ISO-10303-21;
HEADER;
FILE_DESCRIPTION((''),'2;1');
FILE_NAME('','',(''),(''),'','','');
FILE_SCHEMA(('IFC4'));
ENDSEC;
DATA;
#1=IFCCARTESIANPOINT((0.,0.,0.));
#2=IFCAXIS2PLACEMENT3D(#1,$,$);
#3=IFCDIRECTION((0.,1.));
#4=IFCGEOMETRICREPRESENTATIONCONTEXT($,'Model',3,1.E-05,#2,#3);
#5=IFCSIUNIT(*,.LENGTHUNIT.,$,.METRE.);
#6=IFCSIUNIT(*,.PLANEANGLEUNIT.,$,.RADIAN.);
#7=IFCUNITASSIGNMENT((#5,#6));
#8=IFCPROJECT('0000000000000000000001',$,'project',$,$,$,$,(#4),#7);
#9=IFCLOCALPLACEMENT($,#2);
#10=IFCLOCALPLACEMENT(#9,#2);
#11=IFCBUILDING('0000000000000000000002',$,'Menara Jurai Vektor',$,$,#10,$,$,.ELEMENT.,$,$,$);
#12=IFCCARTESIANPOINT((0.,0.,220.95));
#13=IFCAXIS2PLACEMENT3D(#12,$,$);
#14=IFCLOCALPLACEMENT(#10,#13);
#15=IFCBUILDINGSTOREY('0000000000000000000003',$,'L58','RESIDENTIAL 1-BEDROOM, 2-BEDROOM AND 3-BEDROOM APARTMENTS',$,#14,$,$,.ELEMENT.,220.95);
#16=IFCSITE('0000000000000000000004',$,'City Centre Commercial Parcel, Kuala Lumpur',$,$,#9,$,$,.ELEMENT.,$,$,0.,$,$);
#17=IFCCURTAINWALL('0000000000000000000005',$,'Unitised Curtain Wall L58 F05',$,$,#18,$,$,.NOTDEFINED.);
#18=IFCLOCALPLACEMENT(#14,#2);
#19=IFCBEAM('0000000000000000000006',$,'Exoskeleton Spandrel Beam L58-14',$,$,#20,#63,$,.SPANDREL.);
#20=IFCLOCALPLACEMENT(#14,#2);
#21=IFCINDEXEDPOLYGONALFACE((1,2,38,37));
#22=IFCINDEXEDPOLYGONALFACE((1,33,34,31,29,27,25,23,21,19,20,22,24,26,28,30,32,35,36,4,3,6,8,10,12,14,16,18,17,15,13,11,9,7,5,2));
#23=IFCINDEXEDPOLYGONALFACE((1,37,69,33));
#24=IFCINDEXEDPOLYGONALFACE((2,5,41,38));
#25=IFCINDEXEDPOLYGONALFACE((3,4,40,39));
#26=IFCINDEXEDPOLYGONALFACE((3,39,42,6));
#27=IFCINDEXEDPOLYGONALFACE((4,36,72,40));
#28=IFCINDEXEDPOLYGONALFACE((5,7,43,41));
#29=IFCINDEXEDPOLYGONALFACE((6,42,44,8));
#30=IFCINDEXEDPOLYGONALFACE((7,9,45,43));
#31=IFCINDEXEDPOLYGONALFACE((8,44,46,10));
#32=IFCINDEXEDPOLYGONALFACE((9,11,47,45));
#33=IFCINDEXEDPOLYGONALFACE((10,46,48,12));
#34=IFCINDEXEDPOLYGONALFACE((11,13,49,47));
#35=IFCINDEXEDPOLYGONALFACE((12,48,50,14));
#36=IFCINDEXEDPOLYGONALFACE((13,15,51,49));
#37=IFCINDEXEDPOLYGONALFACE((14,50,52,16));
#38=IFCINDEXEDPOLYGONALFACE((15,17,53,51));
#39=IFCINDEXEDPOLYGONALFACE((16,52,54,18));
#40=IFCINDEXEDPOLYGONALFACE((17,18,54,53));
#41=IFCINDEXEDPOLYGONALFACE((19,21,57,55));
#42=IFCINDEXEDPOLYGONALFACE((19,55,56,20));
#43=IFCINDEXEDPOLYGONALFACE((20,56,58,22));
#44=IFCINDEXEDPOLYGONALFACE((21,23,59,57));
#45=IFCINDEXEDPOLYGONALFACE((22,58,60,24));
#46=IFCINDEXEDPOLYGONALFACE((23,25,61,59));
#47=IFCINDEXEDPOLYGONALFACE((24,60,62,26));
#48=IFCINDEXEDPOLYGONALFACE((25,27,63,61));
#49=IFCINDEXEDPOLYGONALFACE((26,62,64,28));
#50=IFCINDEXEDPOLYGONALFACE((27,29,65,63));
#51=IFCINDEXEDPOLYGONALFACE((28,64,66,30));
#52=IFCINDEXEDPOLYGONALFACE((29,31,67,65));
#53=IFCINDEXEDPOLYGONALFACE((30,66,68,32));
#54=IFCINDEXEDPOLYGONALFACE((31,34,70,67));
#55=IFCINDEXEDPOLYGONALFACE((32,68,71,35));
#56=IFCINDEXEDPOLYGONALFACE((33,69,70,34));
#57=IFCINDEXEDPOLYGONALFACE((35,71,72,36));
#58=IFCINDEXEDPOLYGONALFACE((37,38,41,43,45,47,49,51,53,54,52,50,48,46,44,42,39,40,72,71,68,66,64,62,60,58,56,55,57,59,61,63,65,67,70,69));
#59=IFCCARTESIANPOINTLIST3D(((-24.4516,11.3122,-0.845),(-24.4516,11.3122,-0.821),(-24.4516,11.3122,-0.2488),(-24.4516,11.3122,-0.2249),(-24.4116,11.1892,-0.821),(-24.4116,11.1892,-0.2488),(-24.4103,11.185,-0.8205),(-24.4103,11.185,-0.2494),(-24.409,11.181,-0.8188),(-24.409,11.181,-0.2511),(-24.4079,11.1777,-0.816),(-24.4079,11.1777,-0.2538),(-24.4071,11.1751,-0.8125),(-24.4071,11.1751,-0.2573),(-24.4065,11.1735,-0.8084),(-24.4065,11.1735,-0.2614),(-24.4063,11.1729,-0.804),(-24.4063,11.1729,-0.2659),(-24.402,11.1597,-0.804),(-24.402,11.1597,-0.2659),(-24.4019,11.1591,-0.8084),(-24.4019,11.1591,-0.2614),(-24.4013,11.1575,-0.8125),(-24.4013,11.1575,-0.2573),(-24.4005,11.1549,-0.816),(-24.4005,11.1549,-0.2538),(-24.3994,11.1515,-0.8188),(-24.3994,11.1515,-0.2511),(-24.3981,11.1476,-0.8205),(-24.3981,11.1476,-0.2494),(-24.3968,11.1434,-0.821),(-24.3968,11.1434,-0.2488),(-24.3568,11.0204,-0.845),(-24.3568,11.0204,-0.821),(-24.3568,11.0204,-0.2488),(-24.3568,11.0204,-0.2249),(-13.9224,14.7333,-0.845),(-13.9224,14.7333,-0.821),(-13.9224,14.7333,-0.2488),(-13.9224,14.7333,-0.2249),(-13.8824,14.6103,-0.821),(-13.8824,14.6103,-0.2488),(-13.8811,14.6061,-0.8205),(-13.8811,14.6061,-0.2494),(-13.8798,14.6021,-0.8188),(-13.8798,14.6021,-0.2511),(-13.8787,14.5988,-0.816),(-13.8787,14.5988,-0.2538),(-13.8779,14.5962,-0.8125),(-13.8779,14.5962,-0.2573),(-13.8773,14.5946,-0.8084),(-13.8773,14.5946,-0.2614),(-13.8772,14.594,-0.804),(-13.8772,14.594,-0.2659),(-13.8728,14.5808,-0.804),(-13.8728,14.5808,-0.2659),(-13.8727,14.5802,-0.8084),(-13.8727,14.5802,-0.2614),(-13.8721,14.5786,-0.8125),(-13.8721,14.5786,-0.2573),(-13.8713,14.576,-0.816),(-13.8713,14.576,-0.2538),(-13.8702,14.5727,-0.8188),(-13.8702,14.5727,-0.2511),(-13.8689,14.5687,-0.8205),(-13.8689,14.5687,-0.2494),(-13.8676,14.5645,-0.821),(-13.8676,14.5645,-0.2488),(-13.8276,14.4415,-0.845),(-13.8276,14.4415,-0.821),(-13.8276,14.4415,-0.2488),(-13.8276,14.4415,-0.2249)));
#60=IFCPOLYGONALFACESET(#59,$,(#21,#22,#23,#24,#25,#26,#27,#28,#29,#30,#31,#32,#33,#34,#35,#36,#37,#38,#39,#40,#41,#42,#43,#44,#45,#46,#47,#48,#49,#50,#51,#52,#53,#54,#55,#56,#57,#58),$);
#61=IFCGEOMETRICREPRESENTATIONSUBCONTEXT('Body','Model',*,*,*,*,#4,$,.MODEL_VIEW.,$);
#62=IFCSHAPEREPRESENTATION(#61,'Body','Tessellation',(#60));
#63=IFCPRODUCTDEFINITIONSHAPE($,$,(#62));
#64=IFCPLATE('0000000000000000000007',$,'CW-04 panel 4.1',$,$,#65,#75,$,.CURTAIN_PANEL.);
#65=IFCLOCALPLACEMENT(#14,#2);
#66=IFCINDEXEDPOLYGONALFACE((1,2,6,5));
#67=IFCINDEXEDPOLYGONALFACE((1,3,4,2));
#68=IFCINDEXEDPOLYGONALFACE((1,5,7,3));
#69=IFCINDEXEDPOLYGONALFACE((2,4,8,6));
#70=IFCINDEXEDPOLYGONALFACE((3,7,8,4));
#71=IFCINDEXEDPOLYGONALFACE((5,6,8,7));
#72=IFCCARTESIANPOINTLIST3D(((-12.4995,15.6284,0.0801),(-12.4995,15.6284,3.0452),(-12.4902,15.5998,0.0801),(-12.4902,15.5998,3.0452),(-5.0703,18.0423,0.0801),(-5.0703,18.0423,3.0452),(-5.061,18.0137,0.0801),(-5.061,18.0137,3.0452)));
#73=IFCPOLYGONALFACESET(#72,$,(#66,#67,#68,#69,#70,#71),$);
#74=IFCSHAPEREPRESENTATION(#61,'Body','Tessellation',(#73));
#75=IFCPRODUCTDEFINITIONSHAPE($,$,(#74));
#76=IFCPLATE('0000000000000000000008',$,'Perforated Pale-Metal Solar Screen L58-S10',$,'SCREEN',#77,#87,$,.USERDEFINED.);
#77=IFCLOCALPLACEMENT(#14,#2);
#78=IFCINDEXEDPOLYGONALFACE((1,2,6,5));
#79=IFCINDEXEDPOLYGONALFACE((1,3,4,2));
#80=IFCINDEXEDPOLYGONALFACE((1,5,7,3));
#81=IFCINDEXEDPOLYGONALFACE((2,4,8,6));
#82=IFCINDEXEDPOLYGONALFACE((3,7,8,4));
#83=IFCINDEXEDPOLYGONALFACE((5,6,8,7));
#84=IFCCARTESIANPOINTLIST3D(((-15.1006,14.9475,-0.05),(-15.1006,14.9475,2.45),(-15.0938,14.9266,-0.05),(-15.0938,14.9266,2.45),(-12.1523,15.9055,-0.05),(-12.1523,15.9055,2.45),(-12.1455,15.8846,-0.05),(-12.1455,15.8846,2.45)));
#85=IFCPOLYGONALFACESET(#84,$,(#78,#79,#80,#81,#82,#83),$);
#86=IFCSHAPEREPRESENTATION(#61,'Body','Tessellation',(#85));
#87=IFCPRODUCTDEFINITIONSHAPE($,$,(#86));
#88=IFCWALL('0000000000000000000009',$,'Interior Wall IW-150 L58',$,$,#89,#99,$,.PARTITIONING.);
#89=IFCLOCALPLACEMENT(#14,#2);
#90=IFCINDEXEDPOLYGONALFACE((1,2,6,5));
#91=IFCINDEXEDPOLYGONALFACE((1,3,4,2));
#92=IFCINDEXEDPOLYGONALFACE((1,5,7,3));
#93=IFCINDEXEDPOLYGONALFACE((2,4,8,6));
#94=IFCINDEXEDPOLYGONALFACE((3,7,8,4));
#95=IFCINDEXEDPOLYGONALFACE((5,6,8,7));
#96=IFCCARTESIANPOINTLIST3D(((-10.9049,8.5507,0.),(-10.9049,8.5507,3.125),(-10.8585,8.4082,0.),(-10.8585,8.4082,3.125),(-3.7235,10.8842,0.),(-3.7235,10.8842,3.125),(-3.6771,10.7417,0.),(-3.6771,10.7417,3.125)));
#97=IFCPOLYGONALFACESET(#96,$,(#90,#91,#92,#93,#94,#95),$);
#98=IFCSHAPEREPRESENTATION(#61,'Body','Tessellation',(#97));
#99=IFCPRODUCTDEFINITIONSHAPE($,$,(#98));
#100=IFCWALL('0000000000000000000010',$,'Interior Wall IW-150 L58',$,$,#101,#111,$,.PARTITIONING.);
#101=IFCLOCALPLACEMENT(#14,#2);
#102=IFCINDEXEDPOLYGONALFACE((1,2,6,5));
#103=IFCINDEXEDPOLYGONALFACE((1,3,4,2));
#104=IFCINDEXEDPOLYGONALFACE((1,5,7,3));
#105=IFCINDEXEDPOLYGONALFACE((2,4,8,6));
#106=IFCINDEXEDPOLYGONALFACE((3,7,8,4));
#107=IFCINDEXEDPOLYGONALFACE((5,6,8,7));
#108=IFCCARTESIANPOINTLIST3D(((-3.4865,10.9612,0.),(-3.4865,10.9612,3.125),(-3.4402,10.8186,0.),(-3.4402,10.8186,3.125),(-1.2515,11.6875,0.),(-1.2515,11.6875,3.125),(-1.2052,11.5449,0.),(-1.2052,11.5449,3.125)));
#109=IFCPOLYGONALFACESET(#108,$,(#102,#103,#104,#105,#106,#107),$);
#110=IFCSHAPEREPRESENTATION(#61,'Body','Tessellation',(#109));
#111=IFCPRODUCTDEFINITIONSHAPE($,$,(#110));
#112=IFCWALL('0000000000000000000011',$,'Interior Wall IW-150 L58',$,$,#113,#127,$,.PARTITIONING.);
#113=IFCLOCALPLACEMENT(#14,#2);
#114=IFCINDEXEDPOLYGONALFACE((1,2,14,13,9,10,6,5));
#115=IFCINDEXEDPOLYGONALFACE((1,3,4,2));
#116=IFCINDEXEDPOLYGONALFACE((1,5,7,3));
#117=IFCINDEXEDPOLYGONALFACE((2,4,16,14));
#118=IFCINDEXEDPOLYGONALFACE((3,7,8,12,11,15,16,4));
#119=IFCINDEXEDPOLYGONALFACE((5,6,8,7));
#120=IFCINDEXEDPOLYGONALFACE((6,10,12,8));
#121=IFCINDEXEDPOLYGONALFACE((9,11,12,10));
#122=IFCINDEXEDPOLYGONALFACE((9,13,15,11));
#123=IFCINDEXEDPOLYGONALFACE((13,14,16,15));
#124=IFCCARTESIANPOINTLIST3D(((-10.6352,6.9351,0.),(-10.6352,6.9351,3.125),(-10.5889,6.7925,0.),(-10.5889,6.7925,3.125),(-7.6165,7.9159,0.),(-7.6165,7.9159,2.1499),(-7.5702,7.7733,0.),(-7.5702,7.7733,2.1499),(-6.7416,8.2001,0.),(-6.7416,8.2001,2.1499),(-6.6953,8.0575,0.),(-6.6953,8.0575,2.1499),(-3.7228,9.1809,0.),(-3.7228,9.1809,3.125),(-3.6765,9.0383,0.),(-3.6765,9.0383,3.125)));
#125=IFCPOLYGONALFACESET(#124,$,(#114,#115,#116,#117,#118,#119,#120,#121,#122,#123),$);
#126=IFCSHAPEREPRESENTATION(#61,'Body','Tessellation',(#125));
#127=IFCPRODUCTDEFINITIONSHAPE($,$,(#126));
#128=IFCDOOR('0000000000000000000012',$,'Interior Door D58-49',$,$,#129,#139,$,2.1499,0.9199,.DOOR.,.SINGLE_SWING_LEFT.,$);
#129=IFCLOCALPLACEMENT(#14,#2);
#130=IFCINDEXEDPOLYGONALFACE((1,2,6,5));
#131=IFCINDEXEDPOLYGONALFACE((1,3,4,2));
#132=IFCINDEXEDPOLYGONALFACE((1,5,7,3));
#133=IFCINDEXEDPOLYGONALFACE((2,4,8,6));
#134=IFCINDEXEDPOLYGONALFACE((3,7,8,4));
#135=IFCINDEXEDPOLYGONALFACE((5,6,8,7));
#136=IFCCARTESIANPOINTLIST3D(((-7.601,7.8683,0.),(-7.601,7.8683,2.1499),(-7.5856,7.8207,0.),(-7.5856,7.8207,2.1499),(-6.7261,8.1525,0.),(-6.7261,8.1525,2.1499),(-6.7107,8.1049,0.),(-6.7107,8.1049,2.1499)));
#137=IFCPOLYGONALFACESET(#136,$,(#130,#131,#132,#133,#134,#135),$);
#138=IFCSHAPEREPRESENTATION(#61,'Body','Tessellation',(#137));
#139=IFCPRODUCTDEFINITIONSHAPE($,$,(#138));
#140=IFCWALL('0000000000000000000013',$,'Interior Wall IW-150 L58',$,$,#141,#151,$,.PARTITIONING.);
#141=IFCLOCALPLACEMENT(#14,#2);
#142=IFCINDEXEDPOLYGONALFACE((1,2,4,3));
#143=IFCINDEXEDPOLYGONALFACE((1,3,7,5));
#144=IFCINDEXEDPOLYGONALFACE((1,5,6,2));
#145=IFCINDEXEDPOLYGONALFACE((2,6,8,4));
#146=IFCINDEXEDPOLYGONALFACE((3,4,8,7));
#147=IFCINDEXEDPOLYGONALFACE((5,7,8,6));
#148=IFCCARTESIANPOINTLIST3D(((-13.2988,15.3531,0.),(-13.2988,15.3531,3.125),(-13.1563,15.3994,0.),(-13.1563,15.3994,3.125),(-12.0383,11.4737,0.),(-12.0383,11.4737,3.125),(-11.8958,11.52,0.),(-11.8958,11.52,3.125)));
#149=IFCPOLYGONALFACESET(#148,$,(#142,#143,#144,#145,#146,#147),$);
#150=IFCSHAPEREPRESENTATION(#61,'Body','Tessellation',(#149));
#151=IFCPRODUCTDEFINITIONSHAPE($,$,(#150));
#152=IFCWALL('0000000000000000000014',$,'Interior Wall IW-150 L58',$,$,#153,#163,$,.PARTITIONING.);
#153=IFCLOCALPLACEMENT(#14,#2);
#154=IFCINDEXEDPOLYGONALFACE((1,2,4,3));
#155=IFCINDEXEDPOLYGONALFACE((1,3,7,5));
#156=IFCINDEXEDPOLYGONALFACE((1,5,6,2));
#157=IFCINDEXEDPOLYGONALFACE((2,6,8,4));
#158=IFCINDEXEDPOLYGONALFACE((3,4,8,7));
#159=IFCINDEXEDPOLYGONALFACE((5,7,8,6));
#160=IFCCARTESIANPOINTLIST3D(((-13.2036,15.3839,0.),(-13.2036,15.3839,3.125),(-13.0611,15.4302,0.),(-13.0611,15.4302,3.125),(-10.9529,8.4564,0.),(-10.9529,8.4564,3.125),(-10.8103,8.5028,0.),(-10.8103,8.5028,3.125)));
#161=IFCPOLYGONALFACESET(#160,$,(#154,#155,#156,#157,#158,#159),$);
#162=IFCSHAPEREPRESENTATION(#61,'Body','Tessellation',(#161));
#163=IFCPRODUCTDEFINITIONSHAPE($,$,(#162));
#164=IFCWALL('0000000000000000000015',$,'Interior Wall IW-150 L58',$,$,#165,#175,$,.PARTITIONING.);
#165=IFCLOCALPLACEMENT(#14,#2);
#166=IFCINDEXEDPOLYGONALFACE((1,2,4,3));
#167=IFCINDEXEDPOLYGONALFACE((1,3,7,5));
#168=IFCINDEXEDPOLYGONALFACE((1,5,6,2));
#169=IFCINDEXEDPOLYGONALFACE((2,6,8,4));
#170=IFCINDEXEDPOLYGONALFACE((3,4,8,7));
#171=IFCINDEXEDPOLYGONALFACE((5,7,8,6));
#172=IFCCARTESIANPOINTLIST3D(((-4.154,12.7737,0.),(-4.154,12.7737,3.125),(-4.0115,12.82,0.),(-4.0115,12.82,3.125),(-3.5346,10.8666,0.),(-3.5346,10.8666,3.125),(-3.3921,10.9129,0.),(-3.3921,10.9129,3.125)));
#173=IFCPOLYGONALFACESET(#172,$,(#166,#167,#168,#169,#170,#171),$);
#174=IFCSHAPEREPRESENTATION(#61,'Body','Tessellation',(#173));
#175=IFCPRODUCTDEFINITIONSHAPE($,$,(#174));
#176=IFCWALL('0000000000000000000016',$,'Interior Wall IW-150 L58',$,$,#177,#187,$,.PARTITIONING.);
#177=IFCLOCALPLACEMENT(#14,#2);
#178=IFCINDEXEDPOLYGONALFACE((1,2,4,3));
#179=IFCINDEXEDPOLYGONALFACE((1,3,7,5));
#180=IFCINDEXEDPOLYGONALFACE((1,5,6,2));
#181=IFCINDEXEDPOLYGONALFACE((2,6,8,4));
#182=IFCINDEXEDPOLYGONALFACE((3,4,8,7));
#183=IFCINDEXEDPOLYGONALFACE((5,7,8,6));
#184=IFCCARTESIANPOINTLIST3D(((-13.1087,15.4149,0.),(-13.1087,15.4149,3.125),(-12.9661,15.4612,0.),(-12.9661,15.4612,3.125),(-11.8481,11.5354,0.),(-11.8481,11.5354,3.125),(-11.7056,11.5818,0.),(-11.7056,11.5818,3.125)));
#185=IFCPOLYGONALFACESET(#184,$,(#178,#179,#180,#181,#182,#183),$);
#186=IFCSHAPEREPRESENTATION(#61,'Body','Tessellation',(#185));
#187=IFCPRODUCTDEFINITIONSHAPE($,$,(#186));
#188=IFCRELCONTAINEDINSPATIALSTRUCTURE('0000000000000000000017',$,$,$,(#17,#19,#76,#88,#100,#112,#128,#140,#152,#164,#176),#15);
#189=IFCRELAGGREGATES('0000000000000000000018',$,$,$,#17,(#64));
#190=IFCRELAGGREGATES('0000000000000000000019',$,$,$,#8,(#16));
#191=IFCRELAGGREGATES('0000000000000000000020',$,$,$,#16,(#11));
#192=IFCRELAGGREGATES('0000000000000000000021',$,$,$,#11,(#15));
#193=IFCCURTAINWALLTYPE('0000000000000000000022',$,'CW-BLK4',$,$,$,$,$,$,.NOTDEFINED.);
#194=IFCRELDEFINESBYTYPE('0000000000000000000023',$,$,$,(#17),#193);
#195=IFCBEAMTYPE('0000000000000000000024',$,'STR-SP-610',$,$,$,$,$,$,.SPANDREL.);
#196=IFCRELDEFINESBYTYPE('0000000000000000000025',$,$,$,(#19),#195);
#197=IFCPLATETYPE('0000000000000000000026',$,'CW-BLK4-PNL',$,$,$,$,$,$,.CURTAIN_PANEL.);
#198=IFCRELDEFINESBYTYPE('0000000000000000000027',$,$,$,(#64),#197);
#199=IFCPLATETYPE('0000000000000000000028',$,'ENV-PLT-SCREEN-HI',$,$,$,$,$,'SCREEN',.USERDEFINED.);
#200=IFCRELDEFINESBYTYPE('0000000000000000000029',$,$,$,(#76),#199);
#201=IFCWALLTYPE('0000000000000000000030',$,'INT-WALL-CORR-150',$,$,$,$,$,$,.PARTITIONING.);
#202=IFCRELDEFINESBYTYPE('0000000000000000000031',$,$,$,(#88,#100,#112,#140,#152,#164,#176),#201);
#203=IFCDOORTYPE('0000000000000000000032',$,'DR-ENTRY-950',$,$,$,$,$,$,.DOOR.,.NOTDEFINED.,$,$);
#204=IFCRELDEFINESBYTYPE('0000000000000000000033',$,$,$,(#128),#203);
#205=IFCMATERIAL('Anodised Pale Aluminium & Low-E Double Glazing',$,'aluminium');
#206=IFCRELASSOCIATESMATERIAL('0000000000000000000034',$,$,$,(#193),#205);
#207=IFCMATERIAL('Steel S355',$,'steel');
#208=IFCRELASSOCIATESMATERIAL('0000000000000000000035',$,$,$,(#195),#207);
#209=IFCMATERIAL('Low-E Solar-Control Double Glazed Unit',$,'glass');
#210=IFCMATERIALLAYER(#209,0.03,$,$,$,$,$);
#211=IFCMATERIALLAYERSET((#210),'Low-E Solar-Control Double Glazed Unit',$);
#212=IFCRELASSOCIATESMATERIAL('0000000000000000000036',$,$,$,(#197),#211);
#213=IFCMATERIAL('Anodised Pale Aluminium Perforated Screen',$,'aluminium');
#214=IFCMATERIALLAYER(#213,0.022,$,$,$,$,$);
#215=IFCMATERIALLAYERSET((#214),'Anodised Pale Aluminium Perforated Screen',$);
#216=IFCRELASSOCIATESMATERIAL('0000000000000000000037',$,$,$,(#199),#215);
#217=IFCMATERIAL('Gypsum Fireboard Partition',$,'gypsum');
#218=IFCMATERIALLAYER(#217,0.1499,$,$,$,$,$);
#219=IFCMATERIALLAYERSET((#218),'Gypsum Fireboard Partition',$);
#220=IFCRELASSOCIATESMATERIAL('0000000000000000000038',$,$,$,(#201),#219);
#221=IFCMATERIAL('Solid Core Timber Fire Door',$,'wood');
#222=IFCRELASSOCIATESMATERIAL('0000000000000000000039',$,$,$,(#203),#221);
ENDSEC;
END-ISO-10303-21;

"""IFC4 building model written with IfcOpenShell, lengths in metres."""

from ifc_helpers import new_model, si_unit, direction, frame, frame_2d, origin, origin_2d, place, context, subcontext, project, spatial, rectangle, i_section, extrude, material, layer, layer_set, material_profile, profile_set, type_object, element, fill, aggregate, save


model = new_model("IFC4")

# Units and contexts
model_context = context("Model", 3, precision=1e-05, world=origin(), true_north=direction((0.0, 1.0)))
body_context = subcontext(model_context, "Body", "Model", "MODEL_VIEW")
ifc_project = project(units=[si_unit("LENGTHUNIT", "METRE"), si_unit("PLANEANGLEUNIT", "RADIAN")], contexts=[model_context])

# Site, building, storey
site_placement = place(None, origin())
site = spatial("IfcSite", under=ifc_project, at=site_placement, Name="City Centre Commercial Parcel, Kuala Lumpur", CompositionType="ELEMENT", RefElevation=0.0)
building_placement = place(site_placement, origin())
building = spatial("IfcBuilding", under=site, at=building_placement, Name="Menara Jurai Vektor", CompositionType="ELEMENT")
storey_placement = place(building_placement, frame((0.0, 0.0, 220.95)))
storey = spatial("IfcBuildingStorey", under=building, at=storey_placement, Name="L58", Description="RESIDENTIAL 1-BEDROOM, 2-BEDROOM AND 3-BEDROOM APARTMENTS", CompositionType="ELEMENT", Elevation=220.95)

# Curtain wall
ifc_material_1 = material(Name="Anodised Pale Aluminium & Low-E Double Glazing", Category="aluminium")
curtain_wall_type = type_object("IfcCurtainWallType", Name="CW-BLK4", PredefinedType="NOTDEFINED", material=ifc_material_1)
curtain_wall_placement = place(storey_placement, origin())
curtain_wall = element("IfcCurtainWall", 1, at=curtain_wall_placement, inside=storey, type_object=curtain_wall_type, Name="Unitised Curtain Wall L58 F05", PredefinedType="NOTDEFINED")

# Beam
ifc_material_2 = material(Name="Steel S355", Category="steel")
ifc_material_profile_1 = material_profile(ifc_material_2, i_section(OverallWidth=0.3069, OverallDepth=0.6201, WebThickness=0.0139, FlangeThickness=0.0239, FilletRadius=0.0171, at=origin_2d()), Name="UKB 610x305x179")
ifc_profile_set_1 = profile_set([ifc_material_profile_1], Name="Steel S355")
beam_type_1 = type_object("IfcBeamType", Name="STR-SP-610", PredefinedType="SPANDREL", material=ifc_profile_set_1)
for number, where, z_axis, x_axis, name in (
    (2, (-13.875, 14.5874, -0.5349), (-0.951057, -0.309014, 0.0), (0.309014, -0.951057, 0.0), "Exoskeleton Spandrel Beam L58-14"),
):
    element("IfcBeam", number, at=place(storey_placement, frame(where, z_axis=z_axis, x_axis=x_axis)), inside=storey, type_object=beam_type_1, Name=name, PredefinedType="SPANDREL", context=body_context, shape_type="SweptSolid", body=[
        extrude(i_section(OverallWidth=0.3069, OverallDepth=0.6201, WebThickness=0.0139, FlangeThickness=0.0239, FilletRadius=0.0171, at=origin_2d()), origin(), (0.0, 0.0, 1.0), 11.071),
    ])

# Plates
ifc_material_3 = material(Name="Low-E Solar-Control Double Glazed Unit", Category="glass")
ifc_layer_1 = layer(ifc_material_3, 0.03)
ifc_layer_set_1 = layer_set([ifc_layer_1], Name="Low-E Solar-Control Double Glazed Unit")
plate_type_1 = type_object("IfcPlateType", Name="CW-BLK4-PNL", PredefinedType="CURTAIN_PANEL", material=ifc_layer_set_1)
plate_1_placement = place(storey_placement, frame((-8.7803, 16.821, 0.0801), z_axis=(0.0, 0.0, 1.0), x_axis=(-0.951056, -0.309017, 0.0)))
plate_1 = element("IfcPlate", 3, at=plate_1_placement, type_object=plate_type_1, Name="CW-04 panel 4.1", PredefinedType="CURTAIN_PANEL", context=body_context, shape_type="SweptSolid", body=[
    extrude(rectangle(XDim=7.8115, YDim=0.03, at=origin_2d()), origin(), (0.0, 0.0, 1.0), 2.9651),
])
aggregate(curtain_wall, [plate_1])
ifc_material_4 = material(Name="Anodised Pale Aluminium Perforated Screen", Category="aluminium")
ifc_layer_2 = layer(ifc_material_4, 0.022)
ifc_layer_set_2 = layer_set([ifc_layer_2], Name="Anodised Pale Aluminium Perforated Screen")
plate_type_2 = type_object("IfcPlateType", Name="ENV-PLT-SCREEN-HI", ElementType="SCREEN", PredefinedType="USERDEFINED", material=ifc_layer_set_2)
plate_2_placement = place(storey_placement, frame((-13.623, 15.416, -0.05), z_axis=(0.0, 0.0, 1.0), x_axis=(-0.951057, -0.309017, 0.0)))
element("IfcPlate", 4, at=plate_2_placement, inside=storey, type_object=plate_type_2, Name="Perforated Pale-Metal Solar Screen L58-S10", ObjectType="SCREEN", PredefinedType="USERDEFINED", context=body_context, shape_type="SweptSolid", body=[
    extrude(rectangle(XDim=3.1001, YDim=0.022, at=origin_2d()), origin(), (0.0, 0.0, 1.0), 2.5),
])

# Walls
ifc_material_5 = material(Name="Gypsum Fireboard Partition", Category="gypsum")
ifc_layer_3 = layer(ifc_material_5, 0.1499)
ifc_layer_set_3 = layer_set([ifc_layer_3], Name="Gypsum Fireboard Partition")
wall_type_1 = type_object("IfcWallType", Name="INT-WALL-CORR-150", PredefinedType="PARTITIONING", material=ifc_layer_set_3)
wall_1_placement = place(storey_placement, frame((-10.8816, 8.4795, 0.0), z_axis=(0.0, 0.0, 1.0), x_axis=(0.951052, 0.309031, 0.0)))
element("IfcWall", 5, at=wall_1_placement, inside=storey, type_object=wall_type_1, Name="Interior Wall IW-150 L58", PredefinedType="PARTITIONING", context=body_context, shape_type="SweptSolid", body=[
    extrude(rectangle(XDim=7.551, YDim=0.1499, at=frame_2d((3.7754, 0.0))), origin(), (0.0, 0.0, 1.0), 3.125),
])
wall_2_placement = place(storey_placement, frame((-3.4634, 10.8899, 0.0), z_axis=(0.0, 0.0, 1.0), x_axis=(0.951046, 0.309051, 0.0)))
element("IfcWall", 6, at=wall_2_placement, inside=storey, type_object=wall_type_1, Name="Interior Wall IW-150 L58", PredefinedType="PARTITIONING", context=body_context, shape_type="SweptSolid", body=[
    extrude(rectangle(XDim=2.3501, YDim=0.1499, at=frame_2d((1.175, 0.0))), origin(), (0.0, 0.0, 1.0), 3.125),
])

# Wall, opening, door
wall_3_placement = place(storey_placement, frame((-10.6121, 6.8638, 0.0), z_axis=(0.0, 0.0, 1.0), x_axis=(0.951061, 0.309003, 0.0)))
wall_3 = element("IfcWall", 7, at=wall_3_placement, inside=storey, type_object=wall_type_1, Name="Interior Wall IW-150 L58", PredefinedType="PARTITIONING", context=body_context, shape_type="SweptSolid", body=[
    extrude(rectangle(XDim=7.2681, YDim=0.1499, at=frame_2d((3.634, 0.0))), origin(), (0.0, 0.0, 1.0), 3.125),
])
opening_1_placement = place(wall_3_placement, frame((3.1741, 0.0, 0.0)))
opening_1 = element("IfcOpeningElement", 8, at=opening_1_placement, cuts=wall_3, PredefinedType="OPENING", context=body_context, shape_type="SweptSolid", body=[
    extrude(rectangle(XDim=0.9199, YDim=2.1499, at=frame_2d((0.46, 1.075))), frame((0.0, 0.085, 0.0), z_axis=(0.0, -1.0, 0.0), x_axis=(1.0, 0.0, 0.0)), (0.0, 0.0, 1.0), 0.1699),
])
ifc_material_6 = material(Name="Solid Core Timber Fire Door", Category="wood")
door_type_1 = type_object("IfcDoorType", Name="DR-ENTRY-950", OperationType="NOTDEFINED", PredefinedType="DOOR", material=ifc_material_6)
door_1_placement = place(opening_1_placement, origin())
door_1 = element("IfcDoor", 9, at=door_1_placement, inside=storey, type_object=door_type_1, Name="Interior Door D58-49", OperationType="SINGLE_SWING_LEFT", OverallHeight=2.1499, OverallWidth=0.9199, PredefinedType="DOOR", context=body_context, shape_type="SweptSolid", body=[
    extrude(rectangle(XDim=0.9199, YDim=2.1499, at=frame_2d((0.46, 1.075))), frame((0.0, 0.0249, 0.0), z_axis=(0.0, -1.0, 0.0), x_axis=(1.0, 0.0, 0.0)), (0.0, 0.0, 1.0), 0.05),
])
fill(opening_1, door_1)

# Walls
wall_4_placement = place(storey_placement, frame((-11.967, 11.4968, 0.0), z_axis=(0.0, 0.0, 1.0), x_axis=(-0.309018, 0.951056, 0.0)))
element("IfcWall", 10, at=wall_4_placement, inside=storey, type_object=wall_type_1, Name="Interior Wall IW-150 L58", PredefinedType="PARTITIONING", context=body_context, shape_type="SweptSolid", body=[
    extrude(rectangle(XDim=4.0791, YDim=0.1499, at=frame_2d((2.0396, 0.0))), origin(), (0.0, 0.0, 1.0), 3.125),
])
wall_5_placement = place(storey_placement, frame((-10.8816, 8.4795, 0.0), z_axis=(0.0, 0.0, 1.0), x_axis=(-0.308999, 0.951062, 0.0)))
element("IfcWall", 11, at=wall_5_placement, inside=storey, type_object=wall_type_1, Name="Interior Wall IW-150 L58", PredefinedType="PARTITIONING", context=body_context, shape_type="SweptSolid", body=[
    extrude(rectangle(XDim=7.2839, YDim=0.1499, at=frame_2d((3.6421, 0.0))), origin(), (0.0, 0.0, 1.0), 3.125),
])
wall_6_placement = place(storey_placement, frame((-3.4634, 10.8899, 0.0), z_axis=(0.0, 0.0, 1.0), x_axis=(-0.308913, 0.95109, 0.0)))
element("IfcWall", 12, at=wall_6_placement, inside=storey, type_object=wall_type_1, Name="Interior Wall IW-150 L58", PredefinedType="PARTITIONING", context=body_context, shape_type="SweptSolid", body=[
    extrude(rectangle(XDim=2.0051, YDim=0.1499, at=frame_2d((1.0024, 0.0))), origin(), (0.0, 0.0, 1.0), 3.125),
])

# Wall
wall_7_placement = place(storey_placement, frame((-11.7769, 11.5586, 0.0), z_axis=(0.0, 0.0, 1.0), x_axis=(-0.309018, 0.951056, 0.0)))
element("IfcWall", 13, at=wall_7_placement, inside=storey, type_object=wall_type_1, Name="Interior Wall IW-150 L58", PredefinedType="PARTITIONING", context=body_context, shape_type="SweptSolid", body=[
    extrude(rectangle(XDim=4.0791, YDim=0.1499, at=frame_2d((2.0396, 0.0))), origin(), (0.0, 0.0, 1.0), 3.125),
])

save(model, "model.ifc")
